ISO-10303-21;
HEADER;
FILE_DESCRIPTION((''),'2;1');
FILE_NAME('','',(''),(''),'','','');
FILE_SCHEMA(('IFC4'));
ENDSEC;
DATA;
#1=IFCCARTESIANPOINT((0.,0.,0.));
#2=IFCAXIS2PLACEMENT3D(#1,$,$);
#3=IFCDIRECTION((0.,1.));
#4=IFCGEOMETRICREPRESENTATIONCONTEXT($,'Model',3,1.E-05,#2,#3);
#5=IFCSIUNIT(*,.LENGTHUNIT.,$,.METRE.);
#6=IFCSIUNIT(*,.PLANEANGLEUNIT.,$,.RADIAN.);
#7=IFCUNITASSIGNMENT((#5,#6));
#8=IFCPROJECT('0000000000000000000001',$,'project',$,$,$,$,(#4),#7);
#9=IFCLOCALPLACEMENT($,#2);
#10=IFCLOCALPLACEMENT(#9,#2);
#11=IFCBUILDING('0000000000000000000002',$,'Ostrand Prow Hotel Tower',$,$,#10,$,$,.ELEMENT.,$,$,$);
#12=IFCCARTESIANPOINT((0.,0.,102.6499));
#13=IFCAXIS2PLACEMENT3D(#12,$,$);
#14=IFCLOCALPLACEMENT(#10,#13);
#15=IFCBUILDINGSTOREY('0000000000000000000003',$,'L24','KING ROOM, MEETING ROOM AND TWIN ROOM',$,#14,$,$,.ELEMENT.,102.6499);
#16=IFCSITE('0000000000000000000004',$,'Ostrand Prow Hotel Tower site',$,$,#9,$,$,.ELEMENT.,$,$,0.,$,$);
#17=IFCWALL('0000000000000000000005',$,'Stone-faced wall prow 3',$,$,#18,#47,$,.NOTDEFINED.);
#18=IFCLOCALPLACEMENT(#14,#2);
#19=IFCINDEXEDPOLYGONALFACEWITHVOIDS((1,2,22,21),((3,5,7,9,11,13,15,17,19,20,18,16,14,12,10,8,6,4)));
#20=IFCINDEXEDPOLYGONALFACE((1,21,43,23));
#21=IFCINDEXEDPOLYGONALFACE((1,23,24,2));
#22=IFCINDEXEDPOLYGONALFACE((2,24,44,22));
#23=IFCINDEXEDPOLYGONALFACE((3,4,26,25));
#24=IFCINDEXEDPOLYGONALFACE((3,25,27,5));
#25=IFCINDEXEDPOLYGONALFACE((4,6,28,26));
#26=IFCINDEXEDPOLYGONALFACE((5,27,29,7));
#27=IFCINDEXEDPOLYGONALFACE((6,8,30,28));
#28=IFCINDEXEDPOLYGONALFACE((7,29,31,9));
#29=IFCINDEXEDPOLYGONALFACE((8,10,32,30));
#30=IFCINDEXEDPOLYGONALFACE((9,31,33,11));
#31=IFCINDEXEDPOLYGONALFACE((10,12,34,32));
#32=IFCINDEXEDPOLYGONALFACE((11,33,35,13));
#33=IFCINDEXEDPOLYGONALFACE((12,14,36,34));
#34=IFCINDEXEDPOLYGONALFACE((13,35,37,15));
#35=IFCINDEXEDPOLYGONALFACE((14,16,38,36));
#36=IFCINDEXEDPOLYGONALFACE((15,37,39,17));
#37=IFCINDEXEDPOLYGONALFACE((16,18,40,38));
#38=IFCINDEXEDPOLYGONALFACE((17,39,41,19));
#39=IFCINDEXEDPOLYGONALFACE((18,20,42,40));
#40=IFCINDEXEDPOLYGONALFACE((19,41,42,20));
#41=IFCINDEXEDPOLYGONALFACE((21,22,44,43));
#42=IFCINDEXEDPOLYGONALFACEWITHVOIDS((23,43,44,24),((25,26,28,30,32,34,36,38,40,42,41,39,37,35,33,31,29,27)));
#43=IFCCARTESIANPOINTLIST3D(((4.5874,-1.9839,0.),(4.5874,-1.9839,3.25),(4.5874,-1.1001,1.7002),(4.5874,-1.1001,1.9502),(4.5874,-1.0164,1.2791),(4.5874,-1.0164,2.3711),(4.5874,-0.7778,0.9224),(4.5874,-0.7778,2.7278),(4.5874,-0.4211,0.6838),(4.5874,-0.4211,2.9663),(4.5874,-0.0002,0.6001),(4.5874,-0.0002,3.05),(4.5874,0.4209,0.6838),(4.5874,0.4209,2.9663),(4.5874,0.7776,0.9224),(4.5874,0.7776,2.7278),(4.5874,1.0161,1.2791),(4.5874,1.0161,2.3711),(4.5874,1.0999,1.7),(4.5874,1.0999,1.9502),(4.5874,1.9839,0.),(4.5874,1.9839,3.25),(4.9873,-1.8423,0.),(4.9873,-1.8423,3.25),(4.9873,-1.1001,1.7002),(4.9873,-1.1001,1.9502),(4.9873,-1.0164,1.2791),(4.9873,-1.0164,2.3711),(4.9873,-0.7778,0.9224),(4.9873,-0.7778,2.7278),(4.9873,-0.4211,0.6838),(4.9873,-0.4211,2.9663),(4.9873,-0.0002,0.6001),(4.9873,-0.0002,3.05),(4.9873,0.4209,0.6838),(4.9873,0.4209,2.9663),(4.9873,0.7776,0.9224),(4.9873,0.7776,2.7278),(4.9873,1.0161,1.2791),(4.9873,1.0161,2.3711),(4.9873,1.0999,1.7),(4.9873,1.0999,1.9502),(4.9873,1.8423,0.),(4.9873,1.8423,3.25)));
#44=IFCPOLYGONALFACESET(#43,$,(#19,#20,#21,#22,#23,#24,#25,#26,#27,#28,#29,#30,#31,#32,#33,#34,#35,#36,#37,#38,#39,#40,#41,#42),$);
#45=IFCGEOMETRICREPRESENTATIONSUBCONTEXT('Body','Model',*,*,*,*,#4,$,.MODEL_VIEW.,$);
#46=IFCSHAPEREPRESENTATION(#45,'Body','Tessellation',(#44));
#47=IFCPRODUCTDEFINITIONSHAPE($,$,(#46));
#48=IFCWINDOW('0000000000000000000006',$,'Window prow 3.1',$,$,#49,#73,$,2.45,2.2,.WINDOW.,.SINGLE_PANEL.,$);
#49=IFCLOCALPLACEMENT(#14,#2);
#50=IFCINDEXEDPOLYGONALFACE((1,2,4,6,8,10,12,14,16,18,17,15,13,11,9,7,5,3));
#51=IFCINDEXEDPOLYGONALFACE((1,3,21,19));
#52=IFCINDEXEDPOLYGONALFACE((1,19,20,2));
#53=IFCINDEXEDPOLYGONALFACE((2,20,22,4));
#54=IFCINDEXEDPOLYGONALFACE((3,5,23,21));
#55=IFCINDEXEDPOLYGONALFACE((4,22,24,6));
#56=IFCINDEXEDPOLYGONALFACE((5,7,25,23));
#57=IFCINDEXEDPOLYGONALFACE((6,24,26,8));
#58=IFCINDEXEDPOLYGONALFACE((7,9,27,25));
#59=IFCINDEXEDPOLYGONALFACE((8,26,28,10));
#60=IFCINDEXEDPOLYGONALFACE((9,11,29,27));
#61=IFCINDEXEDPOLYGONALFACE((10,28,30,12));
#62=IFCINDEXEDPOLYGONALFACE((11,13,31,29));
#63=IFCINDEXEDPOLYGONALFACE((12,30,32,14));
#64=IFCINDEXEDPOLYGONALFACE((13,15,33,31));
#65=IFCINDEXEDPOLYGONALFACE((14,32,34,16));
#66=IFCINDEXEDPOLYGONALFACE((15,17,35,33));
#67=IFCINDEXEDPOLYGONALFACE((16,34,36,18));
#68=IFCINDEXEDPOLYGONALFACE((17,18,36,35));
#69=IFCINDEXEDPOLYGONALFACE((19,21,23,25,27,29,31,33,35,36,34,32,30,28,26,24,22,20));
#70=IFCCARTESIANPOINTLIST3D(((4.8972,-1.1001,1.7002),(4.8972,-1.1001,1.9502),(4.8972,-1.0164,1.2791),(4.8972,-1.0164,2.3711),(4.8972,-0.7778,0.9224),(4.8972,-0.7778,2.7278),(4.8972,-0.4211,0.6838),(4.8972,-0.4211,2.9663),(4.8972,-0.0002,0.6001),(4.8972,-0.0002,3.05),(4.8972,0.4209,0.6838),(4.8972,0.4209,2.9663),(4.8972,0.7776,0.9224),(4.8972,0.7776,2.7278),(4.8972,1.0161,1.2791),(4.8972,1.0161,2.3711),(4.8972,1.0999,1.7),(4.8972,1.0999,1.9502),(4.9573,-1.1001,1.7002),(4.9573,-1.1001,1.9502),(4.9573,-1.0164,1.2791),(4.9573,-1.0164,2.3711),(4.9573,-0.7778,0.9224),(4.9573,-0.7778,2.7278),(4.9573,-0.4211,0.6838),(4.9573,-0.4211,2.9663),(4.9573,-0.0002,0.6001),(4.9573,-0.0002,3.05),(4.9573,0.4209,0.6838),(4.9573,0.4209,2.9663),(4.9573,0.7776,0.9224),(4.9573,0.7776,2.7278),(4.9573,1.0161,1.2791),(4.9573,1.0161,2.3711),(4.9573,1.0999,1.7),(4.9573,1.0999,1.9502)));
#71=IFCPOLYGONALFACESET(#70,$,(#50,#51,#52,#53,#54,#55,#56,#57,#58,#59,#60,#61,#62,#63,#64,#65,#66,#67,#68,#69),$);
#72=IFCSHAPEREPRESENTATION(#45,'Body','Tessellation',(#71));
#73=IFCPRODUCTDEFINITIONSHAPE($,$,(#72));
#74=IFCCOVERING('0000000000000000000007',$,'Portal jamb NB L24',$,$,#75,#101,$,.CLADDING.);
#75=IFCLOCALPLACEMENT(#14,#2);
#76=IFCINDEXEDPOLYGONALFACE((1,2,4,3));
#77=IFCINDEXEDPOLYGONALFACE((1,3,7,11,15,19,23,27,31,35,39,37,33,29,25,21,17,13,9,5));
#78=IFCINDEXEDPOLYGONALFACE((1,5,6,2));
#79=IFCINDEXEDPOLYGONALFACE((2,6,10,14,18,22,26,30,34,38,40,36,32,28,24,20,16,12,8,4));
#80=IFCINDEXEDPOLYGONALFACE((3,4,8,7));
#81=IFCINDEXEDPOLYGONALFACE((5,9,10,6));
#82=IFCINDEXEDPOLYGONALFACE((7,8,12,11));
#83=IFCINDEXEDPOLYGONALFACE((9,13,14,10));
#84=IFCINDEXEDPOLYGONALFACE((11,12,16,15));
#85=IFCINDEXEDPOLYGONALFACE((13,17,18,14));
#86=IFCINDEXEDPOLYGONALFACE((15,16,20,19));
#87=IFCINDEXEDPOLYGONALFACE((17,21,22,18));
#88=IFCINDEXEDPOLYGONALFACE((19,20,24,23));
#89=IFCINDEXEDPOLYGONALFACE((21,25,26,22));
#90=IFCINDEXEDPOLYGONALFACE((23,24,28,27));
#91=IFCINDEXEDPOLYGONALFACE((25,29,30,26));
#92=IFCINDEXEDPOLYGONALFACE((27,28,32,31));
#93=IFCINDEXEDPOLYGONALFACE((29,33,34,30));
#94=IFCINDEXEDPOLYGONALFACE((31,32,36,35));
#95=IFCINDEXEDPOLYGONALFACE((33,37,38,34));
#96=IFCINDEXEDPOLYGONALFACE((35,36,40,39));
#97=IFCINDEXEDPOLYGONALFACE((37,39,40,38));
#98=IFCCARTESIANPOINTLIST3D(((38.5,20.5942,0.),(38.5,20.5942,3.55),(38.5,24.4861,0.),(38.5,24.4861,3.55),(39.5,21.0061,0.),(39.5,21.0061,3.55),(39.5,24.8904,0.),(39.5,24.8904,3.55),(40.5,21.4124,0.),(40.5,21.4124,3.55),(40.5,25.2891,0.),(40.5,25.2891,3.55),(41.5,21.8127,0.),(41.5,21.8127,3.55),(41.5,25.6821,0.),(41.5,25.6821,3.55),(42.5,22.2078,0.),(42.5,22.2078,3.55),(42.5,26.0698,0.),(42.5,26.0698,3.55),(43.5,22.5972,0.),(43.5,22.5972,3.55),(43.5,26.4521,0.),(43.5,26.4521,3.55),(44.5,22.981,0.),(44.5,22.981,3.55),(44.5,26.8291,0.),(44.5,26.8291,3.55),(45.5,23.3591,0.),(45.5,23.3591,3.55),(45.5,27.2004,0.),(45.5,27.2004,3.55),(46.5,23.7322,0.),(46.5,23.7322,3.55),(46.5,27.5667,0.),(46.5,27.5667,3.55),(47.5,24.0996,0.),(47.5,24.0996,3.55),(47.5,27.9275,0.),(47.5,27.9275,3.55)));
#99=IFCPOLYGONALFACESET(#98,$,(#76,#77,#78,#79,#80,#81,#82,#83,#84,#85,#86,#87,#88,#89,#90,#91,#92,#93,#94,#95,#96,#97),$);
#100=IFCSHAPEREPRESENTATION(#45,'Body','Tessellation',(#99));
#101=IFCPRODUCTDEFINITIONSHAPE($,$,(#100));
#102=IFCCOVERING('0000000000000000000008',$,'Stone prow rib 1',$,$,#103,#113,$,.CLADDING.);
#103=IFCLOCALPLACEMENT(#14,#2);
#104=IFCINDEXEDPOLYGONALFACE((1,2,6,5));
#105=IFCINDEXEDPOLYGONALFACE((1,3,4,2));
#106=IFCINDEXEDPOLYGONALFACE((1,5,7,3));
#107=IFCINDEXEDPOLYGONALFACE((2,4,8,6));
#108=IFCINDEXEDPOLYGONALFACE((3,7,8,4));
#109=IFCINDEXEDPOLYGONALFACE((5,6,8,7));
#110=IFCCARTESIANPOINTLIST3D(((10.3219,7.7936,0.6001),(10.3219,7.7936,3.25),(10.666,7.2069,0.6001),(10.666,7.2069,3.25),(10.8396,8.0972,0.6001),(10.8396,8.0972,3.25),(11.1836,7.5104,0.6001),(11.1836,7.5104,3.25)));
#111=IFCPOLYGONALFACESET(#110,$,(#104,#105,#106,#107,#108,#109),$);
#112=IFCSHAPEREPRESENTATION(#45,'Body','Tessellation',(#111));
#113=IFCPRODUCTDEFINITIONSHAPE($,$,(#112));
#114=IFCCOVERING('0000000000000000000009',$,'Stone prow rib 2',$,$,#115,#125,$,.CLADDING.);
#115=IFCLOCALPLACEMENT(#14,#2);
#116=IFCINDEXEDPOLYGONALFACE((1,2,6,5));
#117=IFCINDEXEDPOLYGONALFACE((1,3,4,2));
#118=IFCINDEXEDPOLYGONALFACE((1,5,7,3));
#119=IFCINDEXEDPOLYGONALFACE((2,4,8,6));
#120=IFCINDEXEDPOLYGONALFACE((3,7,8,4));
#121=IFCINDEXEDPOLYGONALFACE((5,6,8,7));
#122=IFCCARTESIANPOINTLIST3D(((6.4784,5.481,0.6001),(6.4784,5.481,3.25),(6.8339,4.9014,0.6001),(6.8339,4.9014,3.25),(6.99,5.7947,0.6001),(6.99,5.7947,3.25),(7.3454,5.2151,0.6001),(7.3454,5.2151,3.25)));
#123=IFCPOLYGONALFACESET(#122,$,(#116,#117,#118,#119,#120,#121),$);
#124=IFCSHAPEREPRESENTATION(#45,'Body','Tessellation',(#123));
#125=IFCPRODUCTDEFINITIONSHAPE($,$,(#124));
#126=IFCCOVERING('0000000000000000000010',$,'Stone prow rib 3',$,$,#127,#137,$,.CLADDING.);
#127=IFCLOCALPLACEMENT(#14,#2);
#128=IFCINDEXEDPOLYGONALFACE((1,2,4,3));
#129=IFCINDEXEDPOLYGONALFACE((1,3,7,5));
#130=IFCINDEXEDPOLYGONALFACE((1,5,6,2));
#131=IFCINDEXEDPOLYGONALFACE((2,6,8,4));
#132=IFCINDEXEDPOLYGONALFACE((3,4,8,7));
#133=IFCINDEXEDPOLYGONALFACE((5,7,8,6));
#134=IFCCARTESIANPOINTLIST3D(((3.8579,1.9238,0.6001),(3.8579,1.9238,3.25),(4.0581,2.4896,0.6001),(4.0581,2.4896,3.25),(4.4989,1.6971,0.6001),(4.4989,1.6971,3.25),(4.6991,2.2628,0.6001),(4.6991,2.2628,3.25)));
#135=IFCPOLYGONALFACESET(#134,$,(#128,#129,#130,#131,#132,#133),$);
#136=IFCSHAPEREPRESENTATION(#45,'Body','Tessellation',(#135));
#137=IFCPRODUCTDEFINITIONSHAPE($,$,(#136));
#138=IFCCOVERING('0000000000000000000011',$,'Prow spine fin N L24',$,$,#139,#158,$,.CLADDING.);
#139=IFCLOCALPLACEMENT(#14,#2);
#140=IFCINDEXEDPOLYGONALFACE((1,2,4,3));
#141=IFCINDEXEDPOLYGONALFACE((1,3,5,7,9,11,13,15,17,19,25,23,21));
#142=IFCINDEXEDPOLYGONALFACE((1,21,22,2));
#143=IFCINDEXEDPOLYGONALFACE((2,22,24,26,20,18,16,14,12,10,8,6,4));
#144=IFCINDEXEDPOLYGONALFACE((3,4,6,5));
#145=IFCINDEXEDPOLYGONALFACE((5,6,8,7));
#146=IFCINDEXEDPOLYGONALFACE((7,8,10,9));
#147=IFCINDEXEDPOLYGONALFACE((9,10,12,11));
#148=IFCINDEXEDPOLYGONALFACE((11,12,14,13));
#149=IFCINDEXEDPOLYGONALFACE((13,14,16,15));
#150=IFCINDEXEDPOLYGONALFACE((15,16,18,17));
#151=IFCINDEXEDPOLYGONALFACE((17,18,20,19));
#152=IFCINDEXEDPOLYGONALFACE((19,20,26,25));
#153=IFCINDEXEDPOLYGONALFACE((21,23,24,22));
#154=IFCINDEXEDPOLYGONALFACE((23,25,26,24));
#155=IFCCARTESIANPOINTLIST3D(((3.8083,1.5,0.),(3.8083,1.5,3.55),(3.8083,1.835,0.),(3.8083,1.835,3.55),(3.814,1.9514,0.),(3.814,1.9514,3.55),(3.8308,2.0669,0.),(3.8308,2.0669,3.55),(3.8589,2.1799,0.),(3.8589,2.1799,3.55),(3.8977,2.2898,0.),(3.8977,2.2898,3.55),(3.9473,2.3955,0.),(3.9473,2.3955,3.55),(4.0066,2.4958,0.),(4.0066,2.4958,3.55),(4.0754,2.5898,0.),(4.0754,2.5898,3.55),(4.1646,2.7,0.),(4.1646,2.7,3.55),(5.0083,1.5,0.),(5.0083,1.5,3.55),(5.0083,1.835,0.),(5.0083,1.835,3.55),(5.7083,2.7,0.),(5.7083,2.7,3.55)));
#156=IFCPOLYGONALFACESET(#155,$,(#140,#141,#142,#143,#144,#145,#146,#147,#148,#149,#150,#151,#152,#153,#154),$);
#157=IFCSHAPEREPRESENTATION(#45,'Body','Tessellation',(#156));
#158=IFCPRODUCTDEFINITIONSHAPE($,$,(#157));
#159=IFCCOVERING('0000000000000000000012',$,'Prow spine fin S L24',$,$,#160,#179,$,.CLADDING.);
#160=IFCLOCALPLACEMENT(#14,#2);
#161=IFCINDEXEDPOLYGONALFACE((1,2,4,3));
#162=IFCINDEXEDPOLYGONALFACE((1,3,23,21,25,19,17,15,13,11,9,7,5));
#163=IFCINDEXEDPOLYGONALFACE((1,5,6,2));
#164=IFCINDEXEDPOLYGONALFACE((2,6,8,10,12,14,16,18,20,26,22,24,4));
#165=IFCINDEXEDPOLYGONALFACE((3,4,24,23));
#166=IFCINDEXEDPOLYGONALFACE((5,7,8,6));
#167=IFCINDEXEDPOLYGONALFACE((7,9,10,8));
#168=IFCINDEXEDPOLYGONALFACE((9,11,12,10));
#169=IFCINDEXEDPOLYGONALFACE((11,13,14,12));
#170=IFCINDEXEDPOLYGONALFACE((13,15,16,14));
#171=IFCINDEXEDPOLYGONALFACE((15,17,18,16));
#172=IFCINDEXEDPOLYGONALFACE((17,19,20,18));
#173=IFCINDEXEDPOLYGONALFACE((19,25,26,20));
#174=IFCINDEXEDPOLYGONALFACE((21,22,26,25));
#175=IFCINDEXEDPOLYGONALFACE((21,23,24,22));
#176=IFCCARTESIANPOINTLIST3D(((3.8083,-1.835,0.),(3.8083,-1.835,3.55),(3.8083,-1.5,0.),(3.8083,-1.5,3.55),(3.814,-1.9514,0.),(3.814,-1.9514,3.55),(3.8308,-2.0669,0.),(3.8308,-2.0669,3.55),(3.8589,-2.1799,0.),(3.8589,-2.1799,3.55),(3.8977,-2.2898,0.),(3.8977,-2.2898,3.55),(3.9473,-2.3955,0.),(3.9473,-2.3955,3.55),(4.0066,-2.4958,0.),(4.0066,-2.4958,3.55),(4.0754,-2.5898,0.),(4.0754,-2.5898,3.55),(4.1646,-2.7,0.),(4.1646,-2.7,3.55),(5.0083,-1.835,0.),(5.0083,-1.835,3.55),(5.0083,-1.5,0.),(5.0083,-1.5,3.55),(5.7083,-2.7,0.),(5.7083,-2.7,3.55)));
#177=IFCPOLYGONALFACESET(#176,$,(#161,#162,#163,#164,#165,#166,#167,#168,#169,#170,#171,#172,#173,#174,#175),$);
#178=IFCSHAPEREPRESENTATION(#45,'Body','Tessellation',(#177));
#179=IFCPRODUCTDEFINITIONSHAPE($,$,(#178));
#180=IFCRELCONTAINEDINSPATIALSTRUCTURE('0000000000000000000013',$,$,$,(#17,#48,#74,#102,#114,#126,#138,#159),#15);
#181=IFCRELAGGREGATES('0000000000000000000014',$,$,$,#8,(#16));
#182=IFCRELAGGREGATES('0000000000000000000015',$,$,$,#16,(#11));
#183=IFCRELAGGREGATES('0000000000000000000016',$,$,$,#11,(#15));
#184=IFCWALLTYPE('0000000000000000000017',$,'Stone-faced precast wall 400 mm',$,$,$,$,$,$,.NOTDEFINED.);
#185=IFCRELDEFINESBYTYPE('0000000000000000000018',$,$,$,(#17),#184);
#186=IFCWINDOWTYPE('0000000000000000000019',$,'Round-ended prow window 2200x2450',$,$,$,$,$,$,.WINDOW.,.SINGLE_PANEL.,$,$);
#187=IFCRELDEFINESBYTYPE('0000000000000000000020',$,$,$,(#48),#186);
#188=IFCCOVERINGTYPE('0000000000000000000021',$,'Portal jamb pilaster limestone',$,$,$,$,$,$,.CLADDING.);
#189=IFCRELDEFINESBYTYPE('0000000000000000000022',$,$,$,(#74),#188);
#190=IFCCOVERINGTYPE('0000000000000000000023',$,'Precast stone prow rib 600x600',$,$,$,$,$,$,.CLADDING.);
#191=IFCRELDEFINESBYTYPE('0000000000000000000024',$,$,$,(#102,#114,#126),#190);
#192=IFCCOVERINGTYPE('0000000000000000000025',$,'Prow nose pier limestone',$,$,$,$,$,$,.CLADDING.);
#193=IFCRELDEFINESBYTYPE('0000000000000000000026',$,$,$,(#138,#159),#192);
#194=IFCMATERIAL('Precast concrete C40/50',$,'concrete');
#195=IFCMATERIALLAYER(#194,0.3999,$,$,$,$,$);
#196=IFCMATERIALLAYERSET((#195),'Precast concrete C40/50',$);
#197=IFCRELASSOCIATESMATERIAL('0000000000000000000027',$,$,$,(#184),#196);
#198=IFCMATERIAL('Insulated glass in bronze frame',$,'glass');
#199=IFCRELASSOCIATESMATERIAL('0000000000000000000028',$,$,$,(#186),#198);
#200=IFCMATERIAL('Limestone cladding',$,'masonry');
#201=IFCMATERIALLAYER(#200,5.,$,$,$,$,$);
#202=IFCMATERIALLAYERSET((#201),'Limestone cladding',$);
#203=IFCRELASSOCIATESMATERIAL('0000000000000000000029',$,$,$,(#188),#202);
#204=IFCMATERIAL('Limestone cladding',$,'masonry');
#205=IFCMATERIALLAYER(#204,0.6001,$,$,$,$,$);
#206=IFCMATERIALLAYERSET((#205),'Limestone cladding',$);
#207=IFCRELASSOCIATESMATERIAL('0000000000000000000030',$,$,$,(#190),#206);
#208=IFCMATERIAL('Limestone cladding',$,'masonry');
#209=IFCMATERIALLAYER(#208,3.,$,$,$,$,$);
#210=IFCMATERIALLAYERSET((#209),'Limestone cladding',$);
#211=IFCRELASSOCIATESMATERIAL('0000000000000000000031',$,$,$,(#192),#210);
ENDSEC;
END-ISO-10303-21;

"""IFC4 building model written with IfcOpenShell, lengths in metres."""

from ifc_helpers import new_model, si_unit, direction, frame, frame_2d, origin, place, context, subcontext, project, spatial, polyline, rectangle, outline, extrude, material, layer, layer_set, type_object, element, fill, save


model = new_model("IFC4")

# Units and contexts
model_context = context("Model", 3, precision=1e-05, world=origin(), true_north=direction((0.0, 1.0)))
body_context = subcontext(model_context, "Body", "Model", "MODEL_VIEW")
ifc_project = project(units=[si_unit("LENGTHUNIT", "METRE"), si_unit("PLANEANGLEUNIT", "RADIAN")], contexts=[model_context])

# Site, building, storey
site_placement = place(None, origin())
site = spatial("IfcSite", under=ifc_project, at=site_placement, Name="Ostrand Prow Hotel Tower site", CompositionType="ELEMENT", RefElevation=0.0)
building_placement = place(site_placement, origin())
building = spatial("IfcBuilding", under=site, at=building_placement, Name="Ostrand Prow Hotel Tower", CompositionType="ELEMENT")
storey_placement = place(building_placement, frame((0.0, 0.0, 102.6499)))
storey = spatial("IfcBuildingStorey", under=building, at=storey_placement, Name="L24", Description="KING ROOM, MEETING ROOM AND TWIN ROOM", CompositionType="ELEMENT", Elevation=102.6499)

# Wall, opening, window
ifc_material_1 = material(Name="Precast concrete C40/50", Category="concrete")
ifc_layer_1 = layer(ifc_material_1, 0.3999)
ifc_layer_set_1 = layer_set([ifc_layer_1], Name="Precast concrete C40/50")
wall_type_1 = type_object("IfcWallType", Name="Stone-faced precast wall 400 mm", PredefinedType="NOTDEFINED", material=ifc_layer_set_1)
ifc_material_2 = material(Name="Insulated glass in bronze frame", Category="glass")
window_type = type_object("IfcWindowType", Name="Round-ended prow window 2200x2450", PartitioningType="SINGLE_PANEL", PredefinedType="WINDOW", material=ifc_material_2)
wall_1_placement = place(storey_placement, frame((4.7874, 1.9131, 0.0), z_axis=(0.0, 0.0, 1.0), x_axis=(0.0, -1.0, 0.0)))
wall_1 = element("IfcWall", 1, at=wall_1_placement, inside=storey, type_object=wall_type_1, Name="Stone-faced wall prow 3", PredefinedType="NOTDEFINED", context=body_context, shape_type="SweptSolid", body=[
    extrude(outline(polyline([(-0.0708, -0.2), (3.897, -0.2), (3.7554, 0.2), (0.0708, 0.2), (-0.0708, -0.2)])), origin(), (0.0, 0.0, 1.0), 3.25),
])
opening_1_placement = place(wall_1_placement, frame((0.8132, 0.0, 0.6001)))
opening_1 = element("IfcOpeningElement", 2, at=opening_1_placement, cuts=wall_1, PredefinedType="OPENING", context=body_context, shape_type="SweptSolid", body=[
    extrude(outline(polyline([(0.0, 1.3501), (0.0837, 1.771), (0.3223, 2.1277), (0.679, 2.3662), (1.1001, 2.45), (1.521, 2.3662), (1.8777, 2.1277), (2.1162, 1.771), (2.2, 1.3501), (2.2, 1.1001), (2.1162, 0.679), (1.8777, 0.3223), (1.521, 0.0837), (1.1001, 0.0), (0.679, 0.0837), (0.3223, 0.3223), (0.0837, 0.679), (0.0, 1.0999), (0.0, 1.3501)])), frame((0.0, 0.21, 0.0), z_axis=(0.0, -1.0, 0.0), x_axis=(1.0, 0.0, 0.0)), (0.0, 0.0, 1.0), 0.4199),
])
window_1_placement = place(opening_1_placement, origin())
window_1 = element("IfcWindow", 3, at=window_1_placement, inside=storey, type_object=window_type, Name="Window prow 3.1", OverallHeight=2.45, OverallWidth=2.2, PartitioningType="SINGLE_PANEL", PredefinedType="WINDOW", context=body_context, shape_type="SweptSolid", body=[
    extrude(outline(polyline([(0.0, 1.3501), (0.0837, 1.771), (0.3223, 2.1277), (0.679, 2.3662), (1.1001, 2.45), (1.521, 2.3662), (1.8777, 2.1277), (2.1162, 1.771), (2.2, 1.3501), (2.2, 1.1001), (2.1162, 0.679), (1.8777, 0.3223), (1.521, 0.0837), (1.1001, 0.0), (0.679, 0.0837), (0.3223, 0.3223), (0.0837, 0.679), (0.0, 1.0999), (0.0, 1.3501)])), frame((0.0, 0.1699, 0.0), z_axis=(0.0, -1.0, 0.0), x_axis=(1.0, 0.0, 0.0)), (0.0, 0.0, 1.0), 0.0601),
])
fill(opening_1, window_1)

# Coverings
ifc_material_3 = material(Name="Limestone cladding", Category="masonry")
ifc_layer_2 = layer(ifc_material_3, 5.0)
ifc_layer_set_2 = layer_set([ifc_layer_2], Name="Limestone cladding")
covering_type_1 = type_object("IfcCoveringType", Name="Portal jamb pilaster limestone", PredefinedType="CLADDING", material=ifc_layer_set_2)
covering_1_placement = place(storey_placement, origin())
element("IfcCovering", 4, at=covering_1_placement, inside=storey, type_object=covering_type_1, Name="Portal jamb NB L24", PredefinedType="CLADDING", context=body_context, shape_type="SweptSolid", body=[
    extrude(outline(polyline([(38.5, 20.5942), (39.5, 21.0061), (40.5, 21.4124), (41.5, 21.8127), (42.5, 22.2078), (43.5, 22.5972), (44.5, 22.981), (45.5, 23.3591), (46.5, 23.7322), (47.5, 24.0996), (47.5, 27.9275), (46.5, 27.5667), (45.5, 27.2004), (44.5, 26.8291), (43.5, 26.4521), (42.5, 26.0698), (41.5, 25.6821), (40.5, 25.2891), (39.5, 24.8904), (38.5, 24.4861), (38.5, 20.5942)])), origin(), (0.0, 0.0, 1.0), 3.55),
])
ifc_material_4 = material(Name="Limestone cladding", Category="masonry")
ifc_layer_3 = layer(ifc_material_4, 0.6001)
ifc_layer_set_3 = layer_set([ifc_layer_3], Name="Limestone cladding")
covering_type_2 = type_object("IfcCoveringType", Name="Precast stone prow rib 600x600", PredefinedType="CLADDING", material=ifc_layer_set_3)
covering_2_placement = place(storey_placement, frame((10.9248, 7.3586, 0.6001), z_axis=(0.0, 0.0, 1.0), x_axis=(-0.505812, 0.862644, 0.0)))
element("IfcCovering", 5, at=covering_2_placement, inside=storey, type_object=covering_type_2, Name="Stone prow rib 1", PredefinedType="CLADDING", context=body_context, shape_type="SweptSolid", body=[
    extrude(rectangle(XDim=0.6802, YDim=0.6001, at=frame_2d((0.3401, 0.0))), origin(), (0.0, 0.0, 1.0), 2.6499),
])
for number, where, z_axis, x_axis, name in (
    (6, (7.0896, 5.0583, 0.6001), (0.0, 0.0, 1.0), (-0.522815, 0.852446, 0.0), "Stone prow rib 2"),
    (7, (4.5989, 1.98, 0.6001), (0.0, 0.0, 1.0), (-0.942745, 0.333515, 0.0), "Stone prow rib 3"),
):
    element("IfcCovering", number, at=place(storey_placement, frame(where, z_axis=z_axis, x_axis=x_axis)), inside=storey, type_object=covering_type_2, Name=name, PredefinedType="CLADDING", context=body_context, shape_type="SweptSolid", body=[
        extrude(rectangle(XDim=0.6799, YDim=0.6001, at=frame_2d((0.3398, 0.0))), origin(), (0.0, 0.0, 1.0), 2.6499),
    ])
ifc_material_5 = material(Name="Limestone cladding", Category="masonry")
ifc_layer_4 = layer(ifc_material_5, 3.0)
ifc_layer_set_4 = layer_set([ifc_layer_4], Name="Limestone cladding")
covering_type_3 = type_object("IfcCoveringType", Name="Prow nose pier limestone", PredefinedType="CLADDING", material=ifc_layer_set_4)
covering_3_placement = place(storey_placement, origin())
element("IfcCovering", 8, at=covering_3_placement, inside=storey, type_object=covering_type_3, Name="Prow spine fin N L24", PredefinedType="CLADDING", context=body_context, shape_type="SweptSolid", body=[
    extrude(outline(polyline([(3.8083, 1.835), (3.8083, 1.5), (5.0083, 1.5), (5.0083, 1.835), (5.7083, 2.7), (4.1646, 2.7), (4.0754, 2.5898), (4.0066, 2.4958), (3.9473, 2.3955), (3.8977, 2.2898), (3.8589, 2.1799), (3.8308, 2.0669), (3.814, 1.9514), (3.8083, 1.835)])), origin(), (0.0, 0.0, 1.0), 3.55),
])
covering_4_placement = place(storey_placement, origin())
element("IfcCovering", 9, at=covering_4_placement, inside=storey, type_object=covering_type_3, Name="Prow spine fin S L24", PredefinedType="CLADDING", context=body_context, shape_type="SweptSolid", body=[
    extrude(outline(polyline([(4.0754, -2.5898), (4.1646, -2.7), (5.7083, -2.7), (5.0083, -1.835), (5.0083, -1.5), (3.8083, -1.5), (3.8083, -1.835), (3.814, -1.9514), (3.8308, -2.0669), (3.8589, -2.1799), (3.8977, -2.2898), (3.9473, -2.3955), (4.0066, -2.4958), (4.0754, -2.5898)])), origin(), (0.0, 0.0, 1.0), 3.55),
])

save(model, "model.ifc")
